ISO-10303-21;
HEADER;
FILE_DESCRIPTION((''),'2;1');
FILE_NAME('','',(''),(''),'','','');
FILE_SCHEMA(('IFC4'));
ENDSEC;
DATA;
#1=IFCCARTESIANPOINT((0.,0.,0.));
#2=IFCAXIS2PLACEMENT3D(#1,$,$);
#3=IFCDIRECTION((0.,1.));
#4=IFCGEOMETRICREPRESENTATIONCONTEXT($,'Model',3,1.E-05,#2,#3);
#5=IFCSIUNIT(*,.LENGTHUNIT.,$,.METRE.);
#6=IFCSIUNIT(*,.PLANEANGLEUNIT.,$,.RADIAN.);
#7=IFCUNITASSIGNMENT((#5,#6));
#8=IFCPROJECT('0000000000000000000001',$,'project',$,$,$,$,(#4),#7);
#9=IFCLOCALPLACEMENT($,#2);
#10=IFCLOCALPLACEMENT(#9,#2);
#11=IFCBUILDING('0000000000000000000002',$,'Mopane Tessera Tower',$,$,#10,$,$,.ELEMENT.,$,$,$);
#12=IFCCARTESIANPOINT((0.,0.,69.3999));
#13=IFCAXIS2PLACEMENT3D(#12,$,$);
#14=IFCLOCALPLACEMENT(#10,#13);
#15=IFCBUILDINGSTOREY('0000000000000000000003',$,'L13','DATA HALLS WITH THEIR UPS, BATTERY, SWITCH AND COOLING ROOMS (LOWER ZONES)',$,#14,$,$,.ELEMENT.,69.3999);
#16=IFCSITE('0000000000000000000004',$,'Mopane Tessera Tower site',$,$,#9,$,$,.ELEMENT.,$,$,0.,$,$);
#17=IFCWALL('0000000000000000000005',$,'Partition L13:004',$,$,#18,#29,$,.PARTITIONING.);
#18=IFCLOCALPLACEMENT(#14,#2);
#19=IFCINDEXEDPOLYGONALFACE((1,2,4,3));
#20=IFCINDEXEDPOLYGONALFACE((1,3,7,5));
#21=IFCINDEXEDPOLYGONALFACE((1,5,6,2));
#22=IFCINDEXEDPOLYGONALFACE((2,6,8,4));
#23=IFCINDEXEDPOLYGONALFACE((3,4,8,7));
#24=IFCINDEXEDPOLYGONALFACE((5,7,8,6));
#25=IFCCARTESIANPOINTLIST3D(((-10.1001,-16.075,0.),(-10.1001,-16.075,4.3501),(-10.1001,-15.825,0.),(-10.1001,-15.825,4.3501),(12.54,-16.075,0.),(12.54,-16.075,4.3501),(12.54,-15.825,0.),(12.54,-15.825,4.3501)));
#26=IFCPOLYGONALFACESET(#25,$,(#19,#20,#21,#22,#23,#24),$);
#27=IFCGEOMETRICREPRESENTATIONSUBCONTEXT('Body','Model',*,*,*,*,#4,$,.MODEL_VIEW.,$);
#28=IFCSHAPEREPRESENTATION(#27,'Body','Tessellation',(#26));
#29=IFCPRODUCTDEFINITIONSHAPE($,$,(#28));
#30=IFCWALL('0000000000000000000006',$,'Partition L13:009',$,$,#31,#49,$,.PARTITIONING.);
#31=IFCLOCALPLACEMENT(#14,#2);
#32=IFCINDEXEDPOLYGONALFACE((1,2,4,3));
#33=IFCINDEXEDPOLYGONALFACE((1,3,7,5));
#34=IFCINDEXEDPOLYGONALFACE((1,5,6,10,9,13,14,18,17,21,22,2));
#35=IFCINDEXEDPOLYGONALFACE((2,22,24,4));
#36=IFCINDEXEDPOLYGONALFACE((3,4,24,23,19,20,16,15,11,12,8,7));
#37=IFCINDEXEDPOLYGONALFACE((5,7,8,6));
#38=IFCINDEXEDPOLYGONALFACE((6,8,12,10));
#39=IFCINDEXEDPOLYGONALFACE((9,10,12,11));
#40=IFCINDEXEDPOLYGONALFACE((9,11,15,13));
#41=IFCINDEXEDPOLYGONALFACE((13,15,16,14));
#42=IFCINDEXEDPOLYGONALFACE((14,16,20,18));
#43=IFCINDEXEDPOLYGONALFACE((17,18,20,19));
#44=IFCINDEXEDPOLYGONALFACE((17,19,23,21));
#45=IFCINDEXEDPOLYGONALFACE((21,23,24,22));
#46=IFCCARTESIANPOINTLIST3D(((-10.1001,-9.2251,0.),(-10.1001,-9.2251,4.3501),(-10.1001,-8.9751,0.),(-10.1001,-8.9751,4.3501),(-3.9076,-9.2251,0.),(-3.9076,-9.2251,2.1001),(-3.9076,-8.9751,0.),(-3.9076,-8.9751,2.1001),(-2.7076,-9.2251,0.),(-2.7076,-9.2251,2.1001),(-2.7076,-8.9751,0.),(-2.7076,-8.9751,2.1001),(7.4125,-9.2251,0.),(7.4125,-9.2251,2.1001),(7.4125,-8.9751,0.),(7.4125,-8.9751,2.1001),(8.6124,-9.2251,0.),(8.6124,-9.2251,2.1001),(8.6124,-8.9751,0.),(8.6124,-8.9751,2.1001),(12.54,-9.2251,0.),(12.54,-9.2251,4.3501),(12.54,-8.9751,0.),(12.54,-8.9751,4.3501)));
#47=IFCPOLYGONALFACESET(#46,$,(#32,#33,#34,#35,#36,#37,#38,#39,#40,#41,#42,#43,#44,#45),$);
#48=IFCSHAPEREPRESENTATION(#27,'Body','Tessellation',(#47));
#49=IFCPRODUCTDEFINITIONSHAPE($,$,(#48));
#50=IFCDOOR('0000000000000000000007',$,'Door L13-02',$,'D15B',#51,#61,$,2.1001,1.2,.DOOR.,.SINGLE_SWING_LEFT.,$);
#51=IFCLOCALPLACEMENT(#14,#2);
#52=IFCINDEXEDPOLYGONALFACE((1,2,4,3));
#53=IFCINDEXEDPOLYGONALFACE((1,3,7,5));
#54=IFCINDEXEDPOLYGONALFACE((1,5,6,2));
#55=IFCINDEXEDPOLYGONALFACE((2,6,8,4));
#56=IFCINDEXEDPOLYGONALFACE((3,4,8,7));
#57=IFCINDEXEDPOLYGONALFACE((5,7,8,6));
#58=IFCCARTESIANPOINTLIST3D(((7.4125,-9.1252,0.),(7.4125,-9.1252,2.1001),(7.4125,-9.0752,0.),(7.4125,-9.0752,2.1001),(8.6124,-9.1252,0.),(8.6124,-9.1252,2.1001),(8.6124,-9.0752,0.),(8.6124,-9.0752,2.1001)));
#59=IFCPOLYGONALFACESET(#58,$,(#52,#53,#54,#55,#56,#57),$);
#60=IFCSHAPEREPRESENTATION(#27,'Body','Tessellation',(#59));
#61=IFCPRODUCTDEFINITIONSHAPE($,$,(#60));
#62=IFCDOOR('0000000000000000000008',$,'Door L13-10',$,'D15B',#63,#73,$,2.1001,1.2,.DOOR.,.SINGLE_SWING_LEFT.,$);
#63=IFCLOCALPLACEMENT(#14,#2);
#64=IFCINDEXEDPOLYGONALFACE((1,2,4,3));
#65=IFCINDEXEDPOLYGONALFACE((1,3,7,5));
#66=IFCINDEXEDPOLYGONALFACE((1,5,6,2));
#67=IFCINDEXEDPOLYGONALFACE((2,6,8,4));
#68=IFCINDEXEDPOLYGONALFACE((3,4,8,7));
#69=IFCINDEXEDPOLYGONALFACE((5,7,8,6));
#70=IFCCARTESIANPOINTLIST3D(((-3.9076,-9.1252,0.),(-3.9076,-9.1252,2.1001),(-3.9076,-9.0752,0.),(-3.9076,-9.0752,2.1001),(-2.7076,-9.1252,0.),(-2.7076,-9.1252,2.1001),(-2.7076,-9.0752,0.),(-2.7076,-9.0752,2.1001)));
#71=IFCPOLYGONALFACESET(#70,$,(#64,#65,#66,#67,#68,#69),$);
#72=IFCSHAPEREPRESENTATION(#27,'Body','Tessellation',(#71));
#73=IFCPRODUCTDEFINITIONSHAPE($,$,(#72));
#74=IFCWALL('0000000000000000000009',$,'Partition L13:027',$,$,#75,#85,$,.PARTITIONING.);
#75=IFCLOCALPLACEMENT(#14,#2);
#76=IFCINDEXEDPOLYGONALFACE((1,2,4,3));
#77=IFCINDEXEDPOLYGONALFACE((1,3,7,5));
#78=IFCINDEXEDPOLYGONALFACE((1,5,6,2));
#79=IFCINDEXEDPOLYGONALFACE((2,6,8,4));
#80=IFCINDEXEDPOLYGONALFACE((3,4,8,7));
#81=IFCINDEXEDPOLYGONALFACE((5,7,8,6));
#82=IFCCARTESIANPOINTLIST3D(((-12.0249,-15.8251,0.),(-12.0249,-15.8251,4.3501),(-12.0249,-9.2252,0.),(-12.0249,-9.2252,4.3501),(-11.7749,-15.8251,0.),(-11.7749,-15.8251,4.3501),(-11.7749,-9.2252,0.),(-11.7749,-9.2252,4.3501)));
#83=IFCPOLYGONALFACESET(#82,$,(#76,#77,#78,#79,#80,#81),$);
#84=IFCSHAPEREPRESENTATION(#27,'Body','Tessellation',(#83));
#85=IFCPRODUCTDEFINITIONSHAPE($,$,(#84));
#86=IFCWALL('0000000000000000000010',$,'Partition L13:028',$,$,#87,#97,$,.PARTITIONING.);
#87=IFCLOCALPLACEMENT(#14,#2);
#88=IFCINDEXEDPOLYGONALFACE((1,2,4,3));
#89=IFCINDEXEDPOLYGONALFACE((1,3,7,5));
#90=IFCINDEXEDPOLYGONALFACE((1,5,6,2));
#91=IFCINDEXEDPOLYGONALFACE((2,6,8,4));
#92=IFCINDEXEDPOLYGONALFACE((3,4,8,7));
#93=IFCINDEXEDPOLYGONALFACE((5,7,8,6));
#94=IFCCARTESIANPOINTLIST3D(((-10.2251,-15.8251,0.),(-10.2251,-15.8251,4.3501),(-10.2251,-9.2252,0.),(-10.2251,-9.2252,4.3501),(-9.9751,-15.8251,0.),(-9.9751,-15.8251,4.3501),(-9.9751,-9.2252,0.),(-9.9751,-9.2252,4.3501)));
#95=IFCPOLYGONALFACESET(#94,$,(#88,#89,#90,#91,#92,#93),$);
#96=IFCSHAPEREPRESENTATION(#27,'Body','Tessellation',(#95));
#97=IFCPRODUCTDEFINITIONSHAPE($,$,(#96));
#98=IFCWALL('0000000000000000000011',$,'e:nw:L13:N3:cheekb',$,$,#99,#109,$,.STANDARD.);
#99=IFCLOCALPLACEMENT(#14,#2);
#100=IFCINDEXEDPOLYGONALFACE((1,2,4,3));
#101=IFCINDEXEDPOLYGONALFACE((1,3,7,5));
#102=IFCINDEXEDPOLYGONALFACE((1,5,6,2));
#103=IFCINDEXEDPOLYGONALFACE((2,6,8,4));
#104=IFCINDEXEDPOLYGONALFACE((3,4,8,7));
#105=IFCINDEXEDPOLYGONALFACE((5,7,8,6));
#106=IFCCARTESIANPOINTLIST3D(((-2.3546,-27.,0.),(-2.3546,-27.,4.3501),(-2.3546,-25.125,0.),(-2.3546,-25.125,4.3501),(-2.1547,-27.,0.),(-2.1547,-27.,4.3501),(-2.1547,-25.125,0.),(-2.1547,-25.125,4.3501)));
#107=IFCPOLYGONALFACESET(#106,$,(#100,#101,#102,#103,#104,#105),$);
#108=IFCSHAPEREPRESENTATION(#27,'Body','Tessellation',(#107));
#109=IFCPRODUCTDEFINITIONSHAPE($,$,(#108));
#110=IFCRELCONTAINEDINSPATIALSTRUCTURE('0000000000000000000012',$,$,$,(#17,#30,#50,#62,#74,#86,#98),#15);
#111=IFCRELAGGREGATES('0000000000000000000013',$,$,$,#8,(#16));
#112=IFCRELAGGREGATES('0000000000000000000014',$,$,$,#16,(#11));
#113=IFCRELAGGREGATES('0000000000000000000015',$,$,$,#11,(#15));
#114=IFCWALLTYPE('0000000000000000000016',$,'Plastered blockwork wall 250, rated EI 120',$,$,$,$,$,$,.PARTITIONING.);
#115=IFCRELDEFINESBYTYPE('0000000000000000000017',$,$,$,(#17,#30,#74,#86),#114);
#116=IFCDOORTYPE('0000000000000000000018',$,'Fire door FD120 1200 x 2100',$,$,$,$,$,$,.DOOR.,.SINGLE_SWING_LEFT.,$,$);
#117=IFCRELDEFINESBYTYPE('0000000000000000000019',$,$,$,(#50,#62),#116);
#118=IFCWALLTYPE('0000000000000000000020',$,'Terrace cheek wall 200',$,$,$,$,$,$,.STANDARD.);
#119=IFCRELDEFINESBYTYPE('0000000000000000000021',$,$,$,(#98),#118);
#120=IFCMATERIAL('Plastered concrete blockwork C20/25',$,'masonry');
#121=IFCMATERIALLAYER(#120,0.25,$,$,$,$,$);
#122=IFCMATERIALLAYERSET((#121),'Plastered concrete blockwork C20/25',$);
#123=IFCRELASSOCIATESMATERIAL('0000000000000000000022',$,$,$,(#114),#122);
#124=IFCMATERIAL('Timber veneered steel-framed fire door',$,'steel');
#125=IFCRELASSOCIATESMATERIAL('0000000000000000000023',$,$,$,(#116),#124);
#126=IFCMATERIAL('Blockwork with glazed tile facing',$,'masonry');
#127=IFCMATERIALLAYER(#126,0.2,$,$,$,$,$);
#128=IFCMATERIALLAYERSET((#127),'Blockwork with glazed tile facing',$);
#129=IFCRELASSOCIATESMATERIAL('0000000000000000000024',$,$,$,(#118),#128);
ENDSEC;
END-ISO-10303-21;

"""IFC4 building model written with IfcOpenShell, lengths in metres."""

from ifc_helpers import new_model, si_unit, direction, frame, frame_2d, origin, place, context, subcontext, project, spatial, rectangle, extrude, material, layer, layer_set, type_object, element, fill, save


model = new_model("IFC4")

# Units and contexts
model_context = context("Model", 3, precision=1e-05, world=origin(), true_north=direction((0.0, 1.0)))
body_context = subcontext(model_context, "Body", "Model", "MODEL_VIEW")
ifc_project = project(units=[si_unit("LENGTHUNIT", "METRE"), si_unit("PLANEANGLEUNIT", "RADIAN")], contexts=[model_context])

# Site, building, storey
site_placement = place(None, origin())
site = spatial("IfcSite", under=ifc_project, at=site_placement, Name="Mopane Tessera Tower site", CompositionType="ELEMENT", RefElevation=0.0)
building_placement = place(site_placement, origin())
building = spatial("IfcBuilding", under=site, at=building_placement, Name="Mopane Tessera Tower", CompositionType="ELEMENT")
storey_placement = place(building_placement, frame((0.0, 0.0, 69.3999)))
storey = spatial("IfcBuildingStorey", under=building, at=storey_placement, Name="L13", Description="DATA HALLS WITH THEIR UPS, BATTERY, SWITCH AND COOLING ROOMS (LOWER ZONES)", CompositionType="ELEMENT", Elevation=69.3999)

# Wall
ifc_material_1 = material(Name="Plastered concrete blockwork C20/25", Category="masonry")
ifc_layer_1 = layer(ifc_material_1, 0.25)
ifc_layer_set_1 = layer_set([ifc_layer_1], Name="Plastered concrete blockwork C20/25")
wall_type_1 = type_object("IfcWallType", Name="Plastered blockwork wall 250, rated EI 120", PredefinedType="PARTITIONING", material=ifc_layer_set_1)
wall_1_placement = place(storey_placement, frame((-10.1001, -15.95, 0.0), z_axis=(0.0, 0.0, 1.0), x_axis=(1.0, 0.0, 0.0)))
element("IfcWall", 1, at=wall_1_placement, inside=storey, type_object=wall_type_1, Name="Partition L13:004", PredefinedType="PARTITIONING", context=body_context, shape_type="SweptSolid", body=[
    extrude(rectangle(XDim=22.6401, YDim=0.25, at=frame_2d((11.3201, 0.0))), origin(), (0.0, 0.0, 1.0), 4.3501),
])

# Wall, openings, doors
wall_2_placement = place(storey_placement, frame((-10.1001, -9.1001, 0.0), z_axis=(0.0, 0.0, 1.0), x_axis=(1.0, 0.0, 0.0)))
wall_2 = element("IfcWall", 2, at=wall_2_placement, inside=storey, type_object=wall_type_1, Name="Partition L13:009", PredefinedType="PARTITIONING", context=body_context, shape_type="SweptSolid", body=[
    extrude(rectangle(XDim=22.6401, YDim=0.25, at=frame_2d((11.3201, 0.0))), origin(), (0.0, 0.0, 1.0), 4.3501),
])
opening_1_placement = place(wall_2_placement, frame((17.5125, 0.0, 0.0)))
opening_1 = element("IfcOpeningElement", 3, at=opening_1_placement, cuts=wall_2, PredefinedType="OPENING", context=body_context, shape_type="SweptSolid", body=[
    extrude(rectangle(XDim=1.2, YDim=2.1001, at=frame_2d((0.6001, 1.05))), frame((0.0, 0.137, 0.0), z_axis=(0.0, -1.0, 0.0), x_axis=(1.0, 0.0, 0.0)), (0.0, 0.0, 1.0), 0.2739),
])
opening_2_placement = place(wall_2_placement, frame((6.1924, 0.0, 0.0)))
opening_2 = element("IfcOpeningElement", 4, at=opening_2_placement, cuts=wall_2, PredefinedType="OPENING", context=body_context, shape_type="SweptSolid", body=[
    extrude(rectangle(XDim=1.2, YDim=2.1001, at=frame_2d((0.6001, 1.05))), frame((0.0, 0.137, 0.0), z_axis=(0.0, -1.0, 0.0), x_axis=(1.0, 0.0, 0.0)), (0.0, 0.0, 1.0), 0.2739),
])
ifc_material_2 = material(Name="Timber veneered steel-framed fire door", Category="steel")
door_type_1 = type_object("IfcDoorType", Name="Fire door FD120 1200 x 2100", OperationType="SINGLE_SWING_LEFT", PredefinedType="DOOR", material=ifc_material_2)
door_1_placement = place(opening_1_placement, origin())
door_1 = element("IfcDoor", 5, at=door_1_placement, inside=storey, type_object=door_type_1, Name="Door L13-02", ObjectType="D15B", OperationType="SINGLE_SWING_LEFT", OverallHeight=2.1001, OverallWidth=1.2, PredefinedType="DOOR", context=body_context, shape_type="SweptSolid", body=[
    extrude(rectangle(XDim=1.2, YDim=2.1001, at=frame_2d((0.6001, 1.05))), frame((0.0, 0.0249, 0.0), z_axis=(0.0, -1.0, 0.0), x_axis=(1.0, 0.0, 0.0)), (0.0, 0.0, 1.0), 0.05),
])
fill(opening_1, door_1)
door_2_placement = place(opening_2_placement, origin())
door_2 = element("IfcDoor", 6, at=door_2_placement, inside=storey, type_object=door_type_1, Name="Door L13-10", ObjectType="D15B", OperationType="SINGLE_SWING_LEFT", OverallHeight=2.1001, OverallWidth=1.2, PredefinedType="DOOR", context=body_context, shape_type="SweptSolid", body=[
    extrude(rectangle(XDim=1.2, YDim=2.1001, at=frame_2d((0.6001, 1.05))), frame((0.0, 0.0249, 0.0), z_axis=(0.0, -1.0, 0.0), x_axis=(1.0, 0.0, 0.0)), (0.0, 0.0, 1.0), 0.05),
])
fill(opening_2, door_2)

# Walls
for number, where, z_axis, x_axis, name in (
    (7, (-11.8999, -15.825, 0.0), (0.0, 0.0, 1.0), (0.0, 1.0, 0.0), "Partition L13:027"),
    (8, (-10.1001, -15.825, 0.0), (0.0, 0.0, 1.0), (0.0, 1.0, 0.0), "Partition L13:028"),
):
    element("IfcWall", number, at=place(storey_placement, frame(where, z_axis=z_axis, x_axis=x_axis)), inside=storey, type_object=wall_type_1, Name=name, PredefinedType="PARTITIONING", context=body_context, shape_type="SweptSolid", body=[
        extrude(rectangle(XDim=6.5999, YDim=0.25, at=frame_2d((3.2998, 0.0))), origin(), (0.0, 0.0, 1.0), 4.3501),
    ])
ifc_material_3 = material(Name="Blockwork with glazed tile facing", Category="masonry")
ifc_layer_2 = layer(ifc_material_3, 0.2)
ifc_layer_set_2 = layer_set([ifc_layer_2], Name="Blockwork with glazed tile facing")
wall_type_2 = type_object("IfcWallType", Name="Terrace cheek wall 200", PredefinedType="STANDARD", material=ifc_layer_set_2)
wall_3_placement = place(storey_placement, frame((-2.2546, -27.0, 0.0), z_axis=(0.0, 0.0, 1.0), x_axis=(0.0, 1.0, 0.0)))
element("IfcWall", 9, at=wall_3_placement, inside=storey, type_object=wall_type_2, Name="e:nw:L13:N3:cheekb", PredefinedType="STANDARD", context=body_context, shape_type="SweptSolid", body=[
    extrude(rectangle(XDim=1.875, YDim=0.2, at=frame_2d((0.9375, 0.0))), origin(), (0.0, 0.0, 1.0), 4.3501),
])

save(model, "model.ifc")
